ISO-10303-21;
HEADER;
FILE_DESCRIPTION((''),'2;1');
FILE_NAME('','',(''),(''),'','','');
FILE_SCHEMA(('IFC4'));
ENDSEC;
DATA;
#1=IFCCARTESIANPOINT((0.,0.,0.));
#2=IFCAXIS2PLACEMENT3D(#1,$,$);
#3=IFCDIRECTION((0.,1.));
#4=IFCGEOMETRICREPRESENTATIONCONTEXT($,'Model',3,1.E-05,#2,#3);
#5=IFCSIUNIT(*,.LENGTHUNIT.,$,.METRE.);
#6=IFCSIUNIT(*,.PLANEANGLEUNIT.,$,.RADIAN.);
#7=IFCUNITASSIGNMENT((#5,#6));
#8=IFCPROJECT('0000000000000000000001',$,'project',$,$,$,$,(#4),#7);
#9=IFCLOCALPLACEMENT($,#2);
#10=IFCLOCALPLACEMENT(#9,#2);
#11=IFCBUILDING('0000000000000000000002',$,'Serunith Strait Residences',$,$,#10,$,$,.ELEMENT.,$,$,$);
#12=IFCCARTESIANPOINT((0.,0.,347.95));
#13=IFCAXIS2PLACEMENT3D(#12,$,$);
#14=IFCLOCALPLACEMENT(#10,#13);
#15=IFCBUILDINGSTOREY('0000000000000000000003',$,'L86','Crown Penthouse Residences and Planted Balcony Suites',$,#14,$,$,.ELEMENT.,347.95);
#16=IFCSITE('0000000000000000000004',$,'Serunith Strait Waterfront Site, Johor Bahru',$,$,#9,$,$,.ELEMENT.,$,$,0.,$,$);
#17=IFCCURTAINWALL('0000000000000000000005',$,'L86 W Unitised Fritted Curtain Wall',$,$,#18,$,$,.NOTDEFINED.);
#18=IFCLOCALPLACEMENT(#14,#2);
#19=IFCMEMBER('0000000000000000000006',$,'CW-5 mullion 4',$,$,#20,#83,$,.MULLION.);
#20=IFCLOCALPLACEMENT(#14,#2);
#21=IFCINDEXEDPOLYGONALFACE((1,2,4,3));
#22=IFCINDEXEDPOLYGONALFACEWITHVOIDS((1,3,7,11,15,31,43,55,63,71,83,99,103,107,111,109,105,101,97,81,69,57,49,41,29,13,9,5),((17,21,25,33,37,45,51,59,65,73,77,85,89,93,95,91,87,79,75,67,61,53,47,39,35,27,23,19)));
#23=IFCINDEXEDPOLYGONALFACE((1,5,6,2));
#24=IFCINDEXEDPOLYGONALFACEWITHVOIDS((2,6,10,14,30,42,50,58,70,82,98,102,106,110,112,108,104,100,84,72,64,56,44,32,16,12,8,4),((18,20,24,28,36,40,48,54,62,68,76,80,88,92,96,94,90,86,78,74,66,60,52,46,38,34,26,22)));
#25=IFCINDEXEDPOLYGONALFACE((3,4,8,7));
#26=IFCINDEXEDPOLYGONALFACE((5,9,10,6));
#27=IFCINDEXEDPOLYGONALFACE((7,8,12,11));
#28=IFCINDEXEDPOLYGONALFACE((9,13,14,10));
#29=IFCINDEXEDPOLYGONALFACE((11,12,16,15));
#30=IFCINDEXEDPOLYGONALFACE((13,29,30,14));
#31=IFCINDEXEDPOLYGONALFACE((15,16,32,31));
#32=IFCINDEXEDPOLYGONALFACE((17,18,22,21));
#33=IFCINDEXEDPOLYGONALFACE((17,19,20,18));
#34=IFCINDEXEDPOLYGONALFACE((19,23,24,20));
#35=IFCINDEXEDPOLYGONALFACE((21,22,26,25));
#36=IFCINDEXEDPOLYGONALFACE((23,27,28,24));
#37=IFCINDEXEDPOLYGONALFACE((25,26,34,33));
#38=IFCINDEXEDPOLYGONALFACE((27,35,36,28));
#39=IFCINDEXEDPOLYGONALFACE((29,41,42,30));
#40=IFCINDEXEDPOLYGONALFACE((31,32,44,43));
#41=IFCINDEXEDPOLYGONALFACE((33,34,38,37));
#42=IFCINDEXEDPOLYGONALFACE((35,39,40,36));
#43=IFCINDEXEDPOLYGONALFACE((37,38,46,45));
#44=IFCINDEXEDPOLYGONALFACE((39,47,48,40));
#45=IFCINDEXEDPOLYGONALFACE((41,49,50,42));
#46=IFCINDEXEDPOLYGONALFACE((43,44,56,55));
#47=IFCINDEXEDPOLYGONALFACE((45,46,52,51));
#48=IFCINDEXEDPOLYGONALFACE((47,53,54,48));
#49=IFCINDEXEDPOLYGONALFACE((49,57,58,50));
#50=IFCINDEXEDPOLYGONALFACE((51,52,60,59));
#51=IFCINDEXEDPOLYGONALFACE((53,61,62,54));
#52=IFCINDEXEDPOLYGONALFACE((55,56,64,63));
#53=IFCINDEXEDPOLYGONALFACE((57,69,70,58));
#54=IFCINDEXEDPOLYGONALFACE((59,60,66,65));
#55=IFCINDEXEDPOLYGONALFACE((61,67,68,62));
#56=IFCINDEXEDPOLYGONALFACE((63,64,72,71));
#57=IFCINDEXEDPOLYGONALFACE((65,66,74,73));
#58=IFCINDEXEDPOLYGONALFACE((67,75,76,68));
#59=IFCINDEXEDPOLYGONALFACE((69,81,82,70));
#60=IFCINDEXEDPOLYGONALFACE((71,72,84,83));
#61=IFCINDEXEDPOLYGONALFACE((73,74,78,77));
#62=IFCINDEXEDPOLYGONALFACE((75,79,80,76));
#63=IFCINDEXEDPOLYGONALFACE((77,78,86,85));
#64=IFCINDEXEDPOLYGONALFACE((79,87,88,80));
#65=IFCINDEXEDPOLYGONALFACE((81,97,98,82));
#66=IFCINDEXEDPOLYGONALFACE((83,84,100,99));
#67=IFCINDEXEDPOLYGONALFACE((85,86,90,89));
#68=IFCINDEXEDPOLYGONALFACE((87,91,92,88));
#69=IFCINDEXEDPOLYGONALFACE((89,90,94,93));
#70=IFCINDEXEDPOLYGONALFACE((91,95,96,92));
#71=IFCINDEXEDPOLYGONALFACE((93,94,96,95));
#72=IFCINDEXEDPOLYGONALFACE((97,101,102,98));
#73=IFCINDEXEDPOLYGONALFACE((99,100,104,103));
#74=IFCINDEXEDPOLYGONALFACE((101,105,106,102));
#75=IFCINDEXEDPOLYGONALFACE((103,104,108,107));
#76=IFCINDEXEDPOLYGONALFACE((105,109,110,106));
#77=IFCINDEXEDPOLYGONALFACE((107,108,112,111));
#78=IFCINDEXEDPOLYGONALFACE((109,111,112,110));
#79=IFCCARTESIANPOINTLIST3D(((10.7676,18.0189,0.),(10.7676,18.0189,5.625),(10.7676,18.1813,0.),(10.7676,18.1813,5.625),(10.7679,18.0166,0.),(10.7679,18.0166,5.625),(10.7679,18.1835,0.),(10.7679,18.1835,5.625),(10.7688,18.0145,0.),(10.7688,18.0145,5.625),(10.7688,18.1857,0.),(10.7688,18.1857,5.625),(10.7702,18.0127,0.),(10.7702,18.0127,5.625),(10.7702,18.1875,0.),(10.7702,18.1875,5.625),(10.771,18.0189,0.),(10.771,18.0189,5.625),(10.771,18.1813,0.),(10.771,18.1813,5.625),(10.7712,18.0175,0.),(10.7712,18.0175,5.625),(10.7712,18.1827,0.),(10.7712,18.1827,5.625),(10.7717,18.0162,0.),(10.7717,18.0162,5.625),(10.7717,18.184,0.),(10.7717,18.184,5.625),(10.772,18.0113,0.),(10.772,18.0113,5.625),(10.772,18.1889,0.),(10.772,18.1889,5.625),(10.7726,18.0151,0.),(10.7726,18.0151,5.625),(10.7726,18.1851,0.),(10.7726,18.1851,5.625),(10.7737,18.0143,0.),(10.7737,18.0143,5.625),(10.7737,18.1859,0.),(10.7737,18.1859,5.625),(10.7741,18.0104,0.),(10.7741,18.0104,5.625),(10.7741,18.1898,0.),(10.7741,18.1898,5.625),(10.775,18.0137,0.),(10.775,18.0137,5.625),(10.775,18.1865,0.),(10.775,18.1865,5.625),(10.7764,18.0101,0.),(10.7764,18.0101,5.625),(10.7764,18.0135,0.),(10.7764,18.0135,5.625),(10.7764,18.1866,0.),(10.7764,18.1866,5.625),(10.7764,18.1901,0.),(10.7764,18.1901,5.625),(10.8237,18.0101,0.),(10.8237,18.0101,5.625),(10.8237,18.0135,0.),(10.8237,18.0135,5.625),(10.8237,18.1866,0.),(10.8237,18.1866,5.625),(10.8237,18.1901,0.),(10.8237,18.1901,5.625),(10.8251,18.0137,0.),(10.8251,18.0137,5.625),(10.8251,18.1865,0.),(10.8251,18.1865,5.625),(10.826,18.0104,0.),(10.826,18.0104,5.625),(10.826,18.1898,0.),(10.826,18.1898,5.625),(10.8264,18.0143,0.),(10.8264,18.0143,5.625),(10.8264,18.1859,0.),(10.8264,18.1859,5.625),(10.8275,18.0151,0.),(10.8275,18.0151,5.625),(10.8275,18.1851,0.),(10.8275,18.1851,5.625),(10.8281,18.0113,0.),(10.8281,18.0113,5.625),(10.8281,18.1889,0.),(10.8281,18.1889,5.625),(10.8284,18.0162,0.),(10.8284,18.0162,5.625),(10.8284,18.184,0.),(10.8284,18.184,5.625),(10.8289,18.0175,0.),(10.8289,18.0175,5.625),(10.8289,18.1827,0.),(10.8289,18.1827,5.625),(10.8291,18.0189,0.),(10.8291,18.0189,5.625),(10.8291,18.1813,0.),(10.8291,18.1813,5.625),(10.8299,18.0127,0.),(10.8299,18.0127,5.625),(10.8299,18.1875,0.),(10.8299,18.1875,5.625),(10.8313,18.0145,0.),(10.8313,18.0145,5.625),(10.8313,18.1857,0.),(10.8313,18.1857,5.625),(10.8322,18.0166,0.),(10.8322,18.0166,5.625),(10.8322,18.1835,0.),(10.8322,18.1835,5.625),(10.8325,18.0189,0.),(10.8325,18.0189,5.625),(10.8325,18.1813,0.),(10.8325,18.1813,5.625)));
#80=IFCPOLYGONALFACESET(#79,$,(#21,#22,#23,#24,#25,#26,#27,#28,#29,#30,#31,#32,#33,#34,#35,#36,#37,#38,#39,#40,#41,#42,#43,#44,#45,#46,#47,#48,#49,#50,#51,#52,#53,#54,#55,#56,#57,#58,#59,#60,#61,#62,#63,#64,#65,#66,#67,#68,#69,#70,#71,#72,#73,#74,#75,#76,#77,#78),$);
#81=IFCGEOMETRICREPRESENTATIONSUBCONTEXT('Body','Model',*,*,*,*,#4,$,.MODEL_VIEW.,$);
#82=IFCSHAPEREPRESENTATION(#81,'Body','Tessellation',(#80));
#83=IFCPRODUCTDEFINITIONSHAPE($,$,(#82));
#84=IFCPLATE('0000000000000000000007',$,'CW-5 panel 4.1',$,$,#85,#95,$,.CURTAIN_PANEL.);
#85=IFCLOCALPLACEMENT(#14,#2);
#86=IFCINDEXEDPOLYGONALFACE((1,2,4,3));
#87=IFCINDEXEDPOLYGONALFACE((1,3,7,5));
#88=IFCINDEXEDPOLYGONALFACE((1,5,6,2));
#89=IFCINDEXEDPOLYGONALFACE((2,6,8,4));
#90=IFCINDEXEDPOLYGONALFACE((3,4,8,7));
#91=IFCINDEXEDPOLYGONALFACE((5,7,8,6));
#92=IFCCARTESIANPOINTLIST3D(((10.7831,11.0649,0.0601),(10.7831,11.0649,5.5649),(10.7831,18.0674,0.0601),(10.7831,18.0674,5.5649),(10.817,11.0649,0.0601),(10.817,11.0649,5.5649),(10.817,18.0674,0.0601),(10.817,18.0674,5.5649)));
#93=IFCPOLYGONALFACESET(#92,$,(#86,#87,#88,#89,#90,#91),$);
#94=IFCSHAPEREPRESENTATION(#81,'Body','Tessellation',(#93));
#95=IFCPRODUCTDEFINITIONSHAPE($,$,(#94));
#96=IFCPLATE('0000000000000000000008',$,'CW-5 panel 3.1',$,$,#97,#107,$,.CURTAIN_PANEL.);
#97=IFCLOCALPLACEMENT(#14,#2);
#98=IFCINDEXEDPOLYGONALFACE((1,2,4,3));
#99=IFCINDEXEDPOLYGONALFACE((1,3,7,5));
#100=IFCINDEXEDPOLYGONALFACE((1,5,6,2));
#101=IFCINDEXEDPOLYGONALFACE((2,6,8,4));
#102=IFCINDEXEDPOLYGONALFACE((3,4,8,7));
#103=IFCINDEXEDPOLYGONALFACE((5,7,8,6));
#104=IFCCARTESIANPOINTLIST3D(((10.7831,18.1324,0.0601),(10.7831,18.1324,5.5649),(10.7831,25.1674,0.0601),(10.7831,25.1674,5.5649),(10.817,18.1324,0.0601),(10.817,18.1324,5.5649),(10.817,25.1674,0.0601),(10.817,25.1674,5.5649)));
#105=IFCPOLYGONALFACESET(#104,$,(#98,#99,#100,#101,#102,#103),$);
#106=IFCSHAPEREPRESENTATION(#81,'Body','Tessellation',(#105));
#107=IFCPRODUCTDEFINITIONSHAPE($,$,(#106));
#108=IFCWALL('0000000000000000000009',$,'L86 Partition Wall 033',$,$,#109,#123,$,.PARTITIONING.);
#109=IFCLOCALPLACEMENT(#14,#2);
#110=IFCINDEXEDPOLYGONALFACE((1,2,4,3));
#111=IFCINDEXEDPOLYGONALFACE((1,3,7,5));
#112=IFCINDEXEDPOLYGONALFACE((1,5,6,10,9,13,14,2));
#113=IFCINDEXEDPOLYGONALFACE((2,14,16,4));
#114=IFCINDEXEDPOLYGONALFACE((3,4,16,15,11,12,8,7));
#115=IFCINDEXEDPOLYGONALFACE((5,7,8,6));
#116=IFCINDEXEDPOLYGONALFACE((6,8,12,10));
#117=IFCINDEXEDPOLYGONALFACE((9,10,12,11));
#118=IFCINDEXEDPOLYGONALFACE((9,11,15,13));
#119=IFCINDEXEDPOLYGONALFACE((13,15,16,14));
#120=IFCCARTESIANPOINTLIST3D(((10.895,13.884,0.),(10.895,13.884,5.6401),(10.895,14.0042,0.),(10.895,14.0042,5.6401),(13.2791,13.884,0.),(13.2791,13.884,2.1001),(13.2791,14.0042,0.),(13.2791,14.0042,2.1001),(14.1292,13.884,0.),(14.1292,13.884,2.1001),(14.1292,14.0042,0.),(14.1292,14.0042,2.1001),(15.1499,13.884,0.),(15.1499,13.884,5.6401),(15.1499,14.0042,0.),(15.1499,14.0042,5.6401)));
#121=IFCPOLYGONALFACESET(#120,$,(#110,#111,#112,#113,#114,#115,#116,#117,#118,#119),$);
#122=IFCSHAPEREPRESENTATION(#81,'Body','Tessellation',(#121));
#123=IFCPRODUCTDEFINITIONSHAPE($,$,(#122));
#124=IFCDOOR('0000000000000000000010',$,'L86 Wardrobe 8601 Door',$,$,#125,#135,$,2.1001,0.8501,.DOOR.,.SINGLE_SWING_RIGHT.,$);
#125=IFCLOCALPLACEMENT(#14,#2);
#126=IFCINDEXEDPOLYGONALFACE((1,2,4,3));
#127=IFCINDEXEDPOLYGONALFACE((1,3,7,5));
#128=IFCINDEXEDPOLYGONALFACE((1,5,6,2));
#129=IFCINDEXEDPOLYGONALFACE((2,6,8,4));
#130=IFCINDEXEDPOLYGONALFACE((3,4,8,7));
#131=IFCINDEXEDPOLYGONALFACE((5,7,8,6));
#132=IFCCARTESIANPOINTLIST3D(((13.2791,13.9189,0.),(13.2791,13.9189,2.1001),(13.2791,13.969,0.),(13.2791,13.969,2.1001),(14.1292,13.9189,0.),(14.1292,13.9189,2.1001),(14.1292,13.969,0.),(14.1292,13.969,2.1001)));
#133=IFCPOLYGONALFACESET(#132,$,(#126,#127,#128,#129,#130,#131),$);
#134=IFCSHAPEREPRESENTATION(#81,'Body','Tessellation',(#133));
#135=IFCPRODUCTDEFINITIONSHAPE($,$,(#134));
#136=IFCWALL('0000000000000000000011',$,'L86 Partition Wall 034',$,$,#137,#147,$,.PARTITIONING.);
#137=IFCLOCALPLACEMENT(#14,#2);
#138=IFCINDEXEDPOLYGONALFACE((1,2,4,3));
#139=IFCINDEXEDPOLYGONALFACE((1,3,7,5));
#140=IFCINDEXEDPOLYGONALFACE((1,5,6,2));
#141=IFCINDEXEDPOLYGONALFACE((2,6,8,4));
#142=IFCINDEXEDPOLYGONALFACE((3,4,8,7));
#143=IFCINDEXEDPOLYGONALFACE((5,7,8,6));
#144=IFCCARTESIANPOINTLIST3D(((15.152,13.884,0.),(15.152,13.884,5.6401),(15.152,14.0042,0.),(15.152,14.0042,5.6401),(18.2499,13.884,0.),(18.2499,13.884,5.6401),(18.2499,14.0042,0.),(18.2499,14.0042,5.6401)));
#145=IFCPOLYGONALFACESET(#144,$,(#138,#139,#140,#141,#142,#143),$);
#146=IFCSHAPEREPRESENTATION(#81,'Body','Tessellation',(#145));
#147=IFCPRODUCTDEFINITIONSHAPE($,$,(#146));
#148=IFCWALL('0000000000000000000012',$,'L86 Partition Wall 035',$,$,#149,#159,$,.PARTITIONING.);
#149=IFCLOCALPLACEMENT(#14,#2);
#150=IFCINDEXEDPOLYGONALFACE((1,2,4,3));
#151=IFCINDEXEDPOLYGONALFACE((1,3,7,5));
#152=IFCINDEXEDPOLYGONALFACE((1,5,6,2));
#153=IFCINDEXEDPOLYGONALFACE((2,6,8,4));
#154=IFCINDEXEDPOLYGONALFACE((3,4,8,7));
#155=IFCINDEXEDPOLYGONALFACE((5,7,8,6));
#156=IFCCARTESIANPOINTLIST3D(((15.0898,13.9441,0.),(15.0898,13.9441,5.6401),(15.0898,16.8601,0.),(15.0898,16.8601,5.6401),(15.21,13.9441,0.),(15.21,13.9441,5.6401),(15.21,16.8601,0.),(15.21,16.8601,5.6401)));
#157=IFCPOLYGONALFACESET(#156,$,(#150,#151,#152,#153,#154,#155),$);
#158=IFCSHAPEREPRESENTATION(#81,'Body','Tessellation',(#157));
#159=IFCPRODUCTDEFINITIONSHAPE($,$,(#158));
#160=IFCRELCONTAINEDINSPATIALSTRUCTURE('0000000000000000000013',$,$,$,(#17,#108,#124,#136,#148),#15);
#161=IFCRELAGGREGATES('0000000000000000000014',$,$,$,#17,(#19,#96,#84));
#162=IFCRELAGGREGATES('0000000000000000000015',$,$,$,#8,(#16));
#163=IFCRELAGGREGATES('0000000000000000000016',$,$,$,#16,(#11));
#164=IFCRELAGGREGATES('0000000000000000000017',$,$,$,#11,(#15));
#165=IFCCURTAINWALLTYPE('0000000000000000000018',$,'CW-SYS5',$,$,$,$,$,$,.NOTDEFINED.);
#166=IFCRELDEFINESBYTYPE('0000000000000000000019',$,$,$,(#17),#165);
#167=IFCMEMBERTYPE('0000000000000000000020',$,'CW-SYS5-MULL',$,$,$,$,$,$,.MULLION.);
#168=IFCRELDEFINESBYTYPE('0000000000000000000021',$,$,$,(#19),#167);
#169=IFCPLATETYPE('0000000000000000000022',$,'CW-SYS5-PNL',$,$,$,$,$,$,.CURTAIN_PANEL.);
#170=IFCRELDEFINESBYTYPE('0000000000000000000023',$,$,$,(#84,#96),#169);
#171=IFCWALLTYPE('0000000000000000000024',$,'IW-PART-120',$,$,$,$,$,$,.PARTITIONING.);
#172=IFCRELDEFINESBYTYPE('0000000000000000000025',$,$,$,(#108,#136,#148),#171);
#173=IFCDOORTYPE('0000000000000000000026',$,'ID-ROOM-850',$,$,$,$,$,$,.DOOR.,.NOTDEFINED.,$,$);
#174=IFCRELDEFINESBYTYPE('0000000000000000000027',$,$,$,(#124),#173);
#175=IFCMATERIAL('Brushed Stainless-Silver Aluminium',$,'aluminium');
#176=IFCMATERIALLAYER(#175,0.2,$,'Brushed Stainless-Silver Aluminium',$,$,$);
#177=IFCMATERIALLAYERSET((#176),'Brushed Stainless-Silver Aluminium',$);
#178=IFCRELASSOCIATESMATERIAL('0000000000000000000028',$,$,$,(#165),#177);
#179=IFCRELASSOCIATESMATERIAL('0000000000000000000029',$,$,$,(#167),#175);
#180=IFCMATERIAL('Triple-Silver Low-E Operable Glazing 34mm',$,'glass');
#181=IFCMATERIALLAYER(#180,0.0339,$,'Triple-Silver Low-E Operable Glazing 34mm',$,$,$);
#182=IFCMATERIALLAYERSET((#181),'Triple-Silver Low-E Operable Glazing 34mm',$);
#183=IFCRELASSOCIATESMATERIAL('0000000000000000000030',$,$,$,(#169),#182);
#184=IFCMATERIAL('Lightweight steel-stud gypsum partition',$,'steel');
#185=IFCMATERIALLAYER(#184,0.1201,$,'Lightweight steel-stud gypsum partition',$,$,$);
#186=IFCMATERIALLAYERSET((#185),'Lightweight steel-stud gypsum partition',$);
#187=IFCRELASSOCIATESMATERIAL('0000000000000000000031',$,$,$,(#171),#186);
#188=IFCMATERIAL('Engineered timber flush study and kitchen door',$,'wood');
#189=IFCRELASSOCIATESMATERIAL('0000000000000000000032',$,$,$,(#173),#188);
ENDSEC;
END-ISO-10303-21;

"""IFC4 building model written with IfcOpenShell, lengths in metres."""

from ifc_helpers import new_model, si_unit, direction, frame, frame_2d, origin, origin_2d, place, context, subcontext, project, spatial, rectangle, hollow_rectangle, extrude, source, transform, mapped, material, layer, layer_set, material_profile, profile_set, type_object, element, fill, aggregate, save


model = new_model("IFC4")

# Units and contexts
model_context = context("Model", 3, precision=1e-05, world=origin(), true_north=direction((0.0, 1.0)))
body_context = subcontext(model_context, "Body", "Model", "MODEL_VIEW")
ifc_project = project(units=[si_unit("LENGTHUNIT", "METRE"), si_unit("PLANEANGLEUNIT", "RADIAN")], contexts=[model_context])

# Site, building, storey
site_placement = place(None, origin())
site = spatial("IfcSite", under=ifc_project, at=site_placement, Name="Serunith Strait Waterfront Site, Johor Bahru", CompositionType="ELEMENT", RefElevation=0.0)
building_placement = place(site_placement, origin())
building = spatial("IfcBuilding", under=site, at=building_placement, Name="Serunith Strait Residences", CompositionType="ELEMENT")
storey_placement = place(building_placement, frame((0.0, 0.0, 347.95)))
storey = spatial("IfcBuildingStorey", under=building, at=storey_placement, Name="L86", Description="Crown Penthouse Residences and Planted Balcony Suites", CompositionType="ELEMENT", Elevation=347.95)

# Curtain wall, member, plates
ifc_material_1 = material(Name="Brushed Stainless-Silver Aluminium", Category="aluminium")
ifc_layer_1 = layer(ifc_material_1, 0.2, Name="Brushed Stainless-Silver Aluminium")
ifc_layer_set_1 = layer_set([ifc_layer_1], Name="Brushed Stainless-Silver Aluminium")
curtain_wall_type = type_object("IfcCurtainWallType", Name="CW-SYS5", PredefinedType="NOTDEFINED", material=ifc_layer_set_1)
curtain_wall_placement = place(storey_placement, origin())
curtain_wall = element("IfcCurtainWall", 1, at=curtain_wall_placement, inside=storey, type_object=curtain_wall_type, Name="L86 W Unitised Fritted Curtain Wall", PredefinedType="NOTDEFINED")
ifc_material_profile_1 = material_profile(ifc_material_1, hollow_rectangle(XDim=0.0649, YDim=0.1799, WallThickness=0.0034, InnerFilletRadius=0.0054, OuterFilletRadius=0.0088, at=origin_2d()), Name="ALU 180x65x3.5")
ifc_profile_set_1 = profile_set([ifc_material_profile_1], Name="Brushed Stainless-Silver Aluminium")
member_type_1 = type_object("IfcMemberType", Name="CW-SYS5-MULL", PredefinedType="MULLION", material=ifc_profile_set_1)
shared_shape_1 = source(origin(), body_context, "Body", "SweptSolid", [
    extrude(hollow_rectangle(XDim=0.0649, YDim=0.1799, WallThickness=0.0034, InnerFilletRadius=0.0054, OuterFilletRadius=0.0088, at=origin_2d()), origin(), (0.0, 0.0, 1.0), 5.625),
])
member_1_placement = place(storey_placement, frame((10.8, 18.1001, 0.0), z_axis=(0.0, 0.0, 1.0), x_axis=(1.0, 0.0, 0.0)))
member_1 = element("IfcMember", 2, at=member_1_placement, type_object=member_type_1, Name="CW-5 mullion 4", PredefinedType="MULLION", context=body_context, shape_type="MappedRepresentation", body=[
    mapped(shared_shape_1, transform((0.0, 0.0, 0.0), scale=1.0)),
])
ifc_material_2 = material(Name="Triple-Silver Low-E Operable Glazing 34mm", Category="glass")
ifc_layer_2 = layer(ifc_material_2, 0.0339, Name="Triple-Silver Low-E Operable Glazing 34mm")
ifc_layer_set_2 = layer_set([ifc_layer_2], Name="Triple-Silver Low-E Operable Glazing 34mm")
plate_type = type_object("IfcPlateType", Name="CW-SYS5-PNL", PredefinedType="CURTAIN_PANEL", material=ifc_layer_set_2)
shared_shape_2 = source(origin(), body_context, "Body", "SweptSolid", [
    extrude(rectangle(XDim=7.0024, YDim=0.0339, at=origin_2d()), origin(), (0.0, 0.0, 1.0), 5.5049),
])
plate_1_placement = place(storey_placement, frame((10.8, 14.5662, 0.0601), z_axis=(0.0, 0.0, 1.0), x_axis=(0.0, -1.0, 0.0)))
plate_1 = element("IfcPlate", 3, at=plate_1_placement, type_object=plate_type, Name="CW-5 panel 4.1", PredefinedType="CURTAIN_PANEL", context=body_context, shape_type="MappedRepresentation", body=[
    mapped(shared_shape_2, transform((0.0, 0.0, 0.0), scale=1.0)),
])
shared_shape_3 = source(origin(), body_context, "Body", "SweptSolid", [
    extrude(rectangle(XDim=7.0349, YDim=0.0339, at=origin_2d()), origin(), (0.0, 0.0, 1.0), 5.5049),
])
plate_2_placement = place(storey_placement, frame((10.8, 21.6499, 0.0601), z_axis=(0.0, 0.0, 1.0), x_axis=(0.0, -1.0, 0.0)))
plate_2 = element("IfcPlate", 4, at=plate_2_placement, type_object=plate_type, Name="CW-5 panel 3.1", PredefinedType="CURTAIN_PANEL", context=body_context, shape_type="MappedRepresentation", body=[
    mapped(shared_shape_3, transform((0.0, 0.0, 0.0), scale=1.0)),
])
aggregate(curtain_wall, [member_1, plate_2, plate_1])

# Wall, opening, door
ifc_material_3 = material(Name="Lightweight steel-stud gypsum partition", Category="steel")
ifc_layer_3 = layer(ifc_material_3, 0.1201, Name="Lightweight steel-stud gypsum partition")
ifc_layer_set_3 = layer_set([ifc_layer_3], Name="Lightweight steel-stud gypsum partition")
wall_type_1 = type_object("IfcWallType", Name="IW-PART-120", PredefinedType="PARTITIONING", material=ifc_layer_set_3)
wall_1_placement = place(storey_placement, frame((10.895, 13.9441, 0.0), z_axis=(0.0, 0.0, 1.0), x_axis=(1.0, 0.0, 0.0)))
wall_1 = element("IfcWall", 5, at=wall_1_placement, inside=storey, type_object=wall_type_1, Name="L86 Partition Wall 033", PredefinedType="PARTITIONING", context=body_context, shape_type="SweptSolid", body=[
    extrude(rectangle(XDim=4.2549, YDim=0.1201, at=frame_2d((2.1274, 0.0))), origin(), (0.0, 0.0, 1.0), 5.6401),
])
opening_1_placement = place(wall_1_placement, frame((2.384, 0.0, 0.0)))
opening_1 = element("IfcOpeningElement", 6, at=opening_1_placement, cuts=wall_1, PredefinedType="OPENING", context=body_context, shape_type="SweptSolid", body=[
    extrude(rectangle(XDim=0.8501, YDim=2.1001, at=frame_2d((0.425, 1.05))), frame((0.0, 0.0701, 0.0), z_axis=(0.0, -1.0, 0.0), x_axis=(1.0, 0.0, 0.0)), (0.0, 0.0, 1.0), 0.1401),
])
ifc_material_4 = material(Name="Engineered timber flush study and kitchen door", Category="wood")
door_type_1 = type_object("IfcDoorType", Name="ID-ROOM-850", OperationType="NOTDEFINED", PredefinedType="DOOR", material=ifc_material_4)
shared_shape_4 = source(origin(), body_context, "Body", "SweptSolid", [
    extrude(rectangle(XDim=0.8501, YDim=2.1001, at=frame_2d((0.425, 1.05))), frame((0.0, 0.0249, 0.0), z_axis=(0.0, -1.0, 0.0), x_axis=(1.0, 0.0, 0.0)), (0.0, 0.0, 1.0), 0.05),
])
door_1_placement = place(opening_1_placement, origin())
door_1 = element("IfcDoor", 7, at=door_1_placement, inside=storey, type_object=door_type_1, Name="L86 Wardrobe 8601 Door", OperationType="SINGLE_SWING_RIGHT", OverallHeight=2.1001, OverallWidth=0.8501, PredefinedType="DOOR", context=body_context, shape_type="MappedRepresentation", body=[
    mapped(shared_shape_4, transform((0.0, 0.0, 0.0), scale=1.0)),
])
fill(opening_1, door_1)

# Walls
wall_2_placement = place(storey_placement, frame((15.1521, 13.9441, 0.0), z_axis=(0.0, 0.0, 1.0), x_axis=(1.0, 0.0, 0.0)))
element("IfcWall", 8, at=wall_2_placement, inside=storey, type_object=wall_type_1, Name="L86 Partition Wall 034", PredefinedType="PARTITIONING", context=body_context, shape_type="SweptSolid", body=[
    extrude(rectangle(XDim=3.0979, YDim=0.1201, at=frame_2d((1.5488, 0.0))), origin(), (0.0, 0.0, 1.0), 5.6401),
])
wall_3_placement = place(storey_placement, frame((15.1499, 13.9441, 0.0), z_axis=(0.0, 0.0, 1.0), x_axis=(0.0, 1.0, 0.0)))
element("IfcWall", 9, at=wall_3_placement, inside=storey, type_object=wall_type_1, Name="L86 Partition Wall 035", PredefinedType="PARTITIONING", context=body_context, shape_type="SweptSolid", body=[
    extrude(rectangle(XDim=2.916, YDim=0.1201, at=frame_2d((1.458, 0.0))), origin(), (0.0, 0.0, 1.0), 5.6401),
])

save(model, "model.ifc")
